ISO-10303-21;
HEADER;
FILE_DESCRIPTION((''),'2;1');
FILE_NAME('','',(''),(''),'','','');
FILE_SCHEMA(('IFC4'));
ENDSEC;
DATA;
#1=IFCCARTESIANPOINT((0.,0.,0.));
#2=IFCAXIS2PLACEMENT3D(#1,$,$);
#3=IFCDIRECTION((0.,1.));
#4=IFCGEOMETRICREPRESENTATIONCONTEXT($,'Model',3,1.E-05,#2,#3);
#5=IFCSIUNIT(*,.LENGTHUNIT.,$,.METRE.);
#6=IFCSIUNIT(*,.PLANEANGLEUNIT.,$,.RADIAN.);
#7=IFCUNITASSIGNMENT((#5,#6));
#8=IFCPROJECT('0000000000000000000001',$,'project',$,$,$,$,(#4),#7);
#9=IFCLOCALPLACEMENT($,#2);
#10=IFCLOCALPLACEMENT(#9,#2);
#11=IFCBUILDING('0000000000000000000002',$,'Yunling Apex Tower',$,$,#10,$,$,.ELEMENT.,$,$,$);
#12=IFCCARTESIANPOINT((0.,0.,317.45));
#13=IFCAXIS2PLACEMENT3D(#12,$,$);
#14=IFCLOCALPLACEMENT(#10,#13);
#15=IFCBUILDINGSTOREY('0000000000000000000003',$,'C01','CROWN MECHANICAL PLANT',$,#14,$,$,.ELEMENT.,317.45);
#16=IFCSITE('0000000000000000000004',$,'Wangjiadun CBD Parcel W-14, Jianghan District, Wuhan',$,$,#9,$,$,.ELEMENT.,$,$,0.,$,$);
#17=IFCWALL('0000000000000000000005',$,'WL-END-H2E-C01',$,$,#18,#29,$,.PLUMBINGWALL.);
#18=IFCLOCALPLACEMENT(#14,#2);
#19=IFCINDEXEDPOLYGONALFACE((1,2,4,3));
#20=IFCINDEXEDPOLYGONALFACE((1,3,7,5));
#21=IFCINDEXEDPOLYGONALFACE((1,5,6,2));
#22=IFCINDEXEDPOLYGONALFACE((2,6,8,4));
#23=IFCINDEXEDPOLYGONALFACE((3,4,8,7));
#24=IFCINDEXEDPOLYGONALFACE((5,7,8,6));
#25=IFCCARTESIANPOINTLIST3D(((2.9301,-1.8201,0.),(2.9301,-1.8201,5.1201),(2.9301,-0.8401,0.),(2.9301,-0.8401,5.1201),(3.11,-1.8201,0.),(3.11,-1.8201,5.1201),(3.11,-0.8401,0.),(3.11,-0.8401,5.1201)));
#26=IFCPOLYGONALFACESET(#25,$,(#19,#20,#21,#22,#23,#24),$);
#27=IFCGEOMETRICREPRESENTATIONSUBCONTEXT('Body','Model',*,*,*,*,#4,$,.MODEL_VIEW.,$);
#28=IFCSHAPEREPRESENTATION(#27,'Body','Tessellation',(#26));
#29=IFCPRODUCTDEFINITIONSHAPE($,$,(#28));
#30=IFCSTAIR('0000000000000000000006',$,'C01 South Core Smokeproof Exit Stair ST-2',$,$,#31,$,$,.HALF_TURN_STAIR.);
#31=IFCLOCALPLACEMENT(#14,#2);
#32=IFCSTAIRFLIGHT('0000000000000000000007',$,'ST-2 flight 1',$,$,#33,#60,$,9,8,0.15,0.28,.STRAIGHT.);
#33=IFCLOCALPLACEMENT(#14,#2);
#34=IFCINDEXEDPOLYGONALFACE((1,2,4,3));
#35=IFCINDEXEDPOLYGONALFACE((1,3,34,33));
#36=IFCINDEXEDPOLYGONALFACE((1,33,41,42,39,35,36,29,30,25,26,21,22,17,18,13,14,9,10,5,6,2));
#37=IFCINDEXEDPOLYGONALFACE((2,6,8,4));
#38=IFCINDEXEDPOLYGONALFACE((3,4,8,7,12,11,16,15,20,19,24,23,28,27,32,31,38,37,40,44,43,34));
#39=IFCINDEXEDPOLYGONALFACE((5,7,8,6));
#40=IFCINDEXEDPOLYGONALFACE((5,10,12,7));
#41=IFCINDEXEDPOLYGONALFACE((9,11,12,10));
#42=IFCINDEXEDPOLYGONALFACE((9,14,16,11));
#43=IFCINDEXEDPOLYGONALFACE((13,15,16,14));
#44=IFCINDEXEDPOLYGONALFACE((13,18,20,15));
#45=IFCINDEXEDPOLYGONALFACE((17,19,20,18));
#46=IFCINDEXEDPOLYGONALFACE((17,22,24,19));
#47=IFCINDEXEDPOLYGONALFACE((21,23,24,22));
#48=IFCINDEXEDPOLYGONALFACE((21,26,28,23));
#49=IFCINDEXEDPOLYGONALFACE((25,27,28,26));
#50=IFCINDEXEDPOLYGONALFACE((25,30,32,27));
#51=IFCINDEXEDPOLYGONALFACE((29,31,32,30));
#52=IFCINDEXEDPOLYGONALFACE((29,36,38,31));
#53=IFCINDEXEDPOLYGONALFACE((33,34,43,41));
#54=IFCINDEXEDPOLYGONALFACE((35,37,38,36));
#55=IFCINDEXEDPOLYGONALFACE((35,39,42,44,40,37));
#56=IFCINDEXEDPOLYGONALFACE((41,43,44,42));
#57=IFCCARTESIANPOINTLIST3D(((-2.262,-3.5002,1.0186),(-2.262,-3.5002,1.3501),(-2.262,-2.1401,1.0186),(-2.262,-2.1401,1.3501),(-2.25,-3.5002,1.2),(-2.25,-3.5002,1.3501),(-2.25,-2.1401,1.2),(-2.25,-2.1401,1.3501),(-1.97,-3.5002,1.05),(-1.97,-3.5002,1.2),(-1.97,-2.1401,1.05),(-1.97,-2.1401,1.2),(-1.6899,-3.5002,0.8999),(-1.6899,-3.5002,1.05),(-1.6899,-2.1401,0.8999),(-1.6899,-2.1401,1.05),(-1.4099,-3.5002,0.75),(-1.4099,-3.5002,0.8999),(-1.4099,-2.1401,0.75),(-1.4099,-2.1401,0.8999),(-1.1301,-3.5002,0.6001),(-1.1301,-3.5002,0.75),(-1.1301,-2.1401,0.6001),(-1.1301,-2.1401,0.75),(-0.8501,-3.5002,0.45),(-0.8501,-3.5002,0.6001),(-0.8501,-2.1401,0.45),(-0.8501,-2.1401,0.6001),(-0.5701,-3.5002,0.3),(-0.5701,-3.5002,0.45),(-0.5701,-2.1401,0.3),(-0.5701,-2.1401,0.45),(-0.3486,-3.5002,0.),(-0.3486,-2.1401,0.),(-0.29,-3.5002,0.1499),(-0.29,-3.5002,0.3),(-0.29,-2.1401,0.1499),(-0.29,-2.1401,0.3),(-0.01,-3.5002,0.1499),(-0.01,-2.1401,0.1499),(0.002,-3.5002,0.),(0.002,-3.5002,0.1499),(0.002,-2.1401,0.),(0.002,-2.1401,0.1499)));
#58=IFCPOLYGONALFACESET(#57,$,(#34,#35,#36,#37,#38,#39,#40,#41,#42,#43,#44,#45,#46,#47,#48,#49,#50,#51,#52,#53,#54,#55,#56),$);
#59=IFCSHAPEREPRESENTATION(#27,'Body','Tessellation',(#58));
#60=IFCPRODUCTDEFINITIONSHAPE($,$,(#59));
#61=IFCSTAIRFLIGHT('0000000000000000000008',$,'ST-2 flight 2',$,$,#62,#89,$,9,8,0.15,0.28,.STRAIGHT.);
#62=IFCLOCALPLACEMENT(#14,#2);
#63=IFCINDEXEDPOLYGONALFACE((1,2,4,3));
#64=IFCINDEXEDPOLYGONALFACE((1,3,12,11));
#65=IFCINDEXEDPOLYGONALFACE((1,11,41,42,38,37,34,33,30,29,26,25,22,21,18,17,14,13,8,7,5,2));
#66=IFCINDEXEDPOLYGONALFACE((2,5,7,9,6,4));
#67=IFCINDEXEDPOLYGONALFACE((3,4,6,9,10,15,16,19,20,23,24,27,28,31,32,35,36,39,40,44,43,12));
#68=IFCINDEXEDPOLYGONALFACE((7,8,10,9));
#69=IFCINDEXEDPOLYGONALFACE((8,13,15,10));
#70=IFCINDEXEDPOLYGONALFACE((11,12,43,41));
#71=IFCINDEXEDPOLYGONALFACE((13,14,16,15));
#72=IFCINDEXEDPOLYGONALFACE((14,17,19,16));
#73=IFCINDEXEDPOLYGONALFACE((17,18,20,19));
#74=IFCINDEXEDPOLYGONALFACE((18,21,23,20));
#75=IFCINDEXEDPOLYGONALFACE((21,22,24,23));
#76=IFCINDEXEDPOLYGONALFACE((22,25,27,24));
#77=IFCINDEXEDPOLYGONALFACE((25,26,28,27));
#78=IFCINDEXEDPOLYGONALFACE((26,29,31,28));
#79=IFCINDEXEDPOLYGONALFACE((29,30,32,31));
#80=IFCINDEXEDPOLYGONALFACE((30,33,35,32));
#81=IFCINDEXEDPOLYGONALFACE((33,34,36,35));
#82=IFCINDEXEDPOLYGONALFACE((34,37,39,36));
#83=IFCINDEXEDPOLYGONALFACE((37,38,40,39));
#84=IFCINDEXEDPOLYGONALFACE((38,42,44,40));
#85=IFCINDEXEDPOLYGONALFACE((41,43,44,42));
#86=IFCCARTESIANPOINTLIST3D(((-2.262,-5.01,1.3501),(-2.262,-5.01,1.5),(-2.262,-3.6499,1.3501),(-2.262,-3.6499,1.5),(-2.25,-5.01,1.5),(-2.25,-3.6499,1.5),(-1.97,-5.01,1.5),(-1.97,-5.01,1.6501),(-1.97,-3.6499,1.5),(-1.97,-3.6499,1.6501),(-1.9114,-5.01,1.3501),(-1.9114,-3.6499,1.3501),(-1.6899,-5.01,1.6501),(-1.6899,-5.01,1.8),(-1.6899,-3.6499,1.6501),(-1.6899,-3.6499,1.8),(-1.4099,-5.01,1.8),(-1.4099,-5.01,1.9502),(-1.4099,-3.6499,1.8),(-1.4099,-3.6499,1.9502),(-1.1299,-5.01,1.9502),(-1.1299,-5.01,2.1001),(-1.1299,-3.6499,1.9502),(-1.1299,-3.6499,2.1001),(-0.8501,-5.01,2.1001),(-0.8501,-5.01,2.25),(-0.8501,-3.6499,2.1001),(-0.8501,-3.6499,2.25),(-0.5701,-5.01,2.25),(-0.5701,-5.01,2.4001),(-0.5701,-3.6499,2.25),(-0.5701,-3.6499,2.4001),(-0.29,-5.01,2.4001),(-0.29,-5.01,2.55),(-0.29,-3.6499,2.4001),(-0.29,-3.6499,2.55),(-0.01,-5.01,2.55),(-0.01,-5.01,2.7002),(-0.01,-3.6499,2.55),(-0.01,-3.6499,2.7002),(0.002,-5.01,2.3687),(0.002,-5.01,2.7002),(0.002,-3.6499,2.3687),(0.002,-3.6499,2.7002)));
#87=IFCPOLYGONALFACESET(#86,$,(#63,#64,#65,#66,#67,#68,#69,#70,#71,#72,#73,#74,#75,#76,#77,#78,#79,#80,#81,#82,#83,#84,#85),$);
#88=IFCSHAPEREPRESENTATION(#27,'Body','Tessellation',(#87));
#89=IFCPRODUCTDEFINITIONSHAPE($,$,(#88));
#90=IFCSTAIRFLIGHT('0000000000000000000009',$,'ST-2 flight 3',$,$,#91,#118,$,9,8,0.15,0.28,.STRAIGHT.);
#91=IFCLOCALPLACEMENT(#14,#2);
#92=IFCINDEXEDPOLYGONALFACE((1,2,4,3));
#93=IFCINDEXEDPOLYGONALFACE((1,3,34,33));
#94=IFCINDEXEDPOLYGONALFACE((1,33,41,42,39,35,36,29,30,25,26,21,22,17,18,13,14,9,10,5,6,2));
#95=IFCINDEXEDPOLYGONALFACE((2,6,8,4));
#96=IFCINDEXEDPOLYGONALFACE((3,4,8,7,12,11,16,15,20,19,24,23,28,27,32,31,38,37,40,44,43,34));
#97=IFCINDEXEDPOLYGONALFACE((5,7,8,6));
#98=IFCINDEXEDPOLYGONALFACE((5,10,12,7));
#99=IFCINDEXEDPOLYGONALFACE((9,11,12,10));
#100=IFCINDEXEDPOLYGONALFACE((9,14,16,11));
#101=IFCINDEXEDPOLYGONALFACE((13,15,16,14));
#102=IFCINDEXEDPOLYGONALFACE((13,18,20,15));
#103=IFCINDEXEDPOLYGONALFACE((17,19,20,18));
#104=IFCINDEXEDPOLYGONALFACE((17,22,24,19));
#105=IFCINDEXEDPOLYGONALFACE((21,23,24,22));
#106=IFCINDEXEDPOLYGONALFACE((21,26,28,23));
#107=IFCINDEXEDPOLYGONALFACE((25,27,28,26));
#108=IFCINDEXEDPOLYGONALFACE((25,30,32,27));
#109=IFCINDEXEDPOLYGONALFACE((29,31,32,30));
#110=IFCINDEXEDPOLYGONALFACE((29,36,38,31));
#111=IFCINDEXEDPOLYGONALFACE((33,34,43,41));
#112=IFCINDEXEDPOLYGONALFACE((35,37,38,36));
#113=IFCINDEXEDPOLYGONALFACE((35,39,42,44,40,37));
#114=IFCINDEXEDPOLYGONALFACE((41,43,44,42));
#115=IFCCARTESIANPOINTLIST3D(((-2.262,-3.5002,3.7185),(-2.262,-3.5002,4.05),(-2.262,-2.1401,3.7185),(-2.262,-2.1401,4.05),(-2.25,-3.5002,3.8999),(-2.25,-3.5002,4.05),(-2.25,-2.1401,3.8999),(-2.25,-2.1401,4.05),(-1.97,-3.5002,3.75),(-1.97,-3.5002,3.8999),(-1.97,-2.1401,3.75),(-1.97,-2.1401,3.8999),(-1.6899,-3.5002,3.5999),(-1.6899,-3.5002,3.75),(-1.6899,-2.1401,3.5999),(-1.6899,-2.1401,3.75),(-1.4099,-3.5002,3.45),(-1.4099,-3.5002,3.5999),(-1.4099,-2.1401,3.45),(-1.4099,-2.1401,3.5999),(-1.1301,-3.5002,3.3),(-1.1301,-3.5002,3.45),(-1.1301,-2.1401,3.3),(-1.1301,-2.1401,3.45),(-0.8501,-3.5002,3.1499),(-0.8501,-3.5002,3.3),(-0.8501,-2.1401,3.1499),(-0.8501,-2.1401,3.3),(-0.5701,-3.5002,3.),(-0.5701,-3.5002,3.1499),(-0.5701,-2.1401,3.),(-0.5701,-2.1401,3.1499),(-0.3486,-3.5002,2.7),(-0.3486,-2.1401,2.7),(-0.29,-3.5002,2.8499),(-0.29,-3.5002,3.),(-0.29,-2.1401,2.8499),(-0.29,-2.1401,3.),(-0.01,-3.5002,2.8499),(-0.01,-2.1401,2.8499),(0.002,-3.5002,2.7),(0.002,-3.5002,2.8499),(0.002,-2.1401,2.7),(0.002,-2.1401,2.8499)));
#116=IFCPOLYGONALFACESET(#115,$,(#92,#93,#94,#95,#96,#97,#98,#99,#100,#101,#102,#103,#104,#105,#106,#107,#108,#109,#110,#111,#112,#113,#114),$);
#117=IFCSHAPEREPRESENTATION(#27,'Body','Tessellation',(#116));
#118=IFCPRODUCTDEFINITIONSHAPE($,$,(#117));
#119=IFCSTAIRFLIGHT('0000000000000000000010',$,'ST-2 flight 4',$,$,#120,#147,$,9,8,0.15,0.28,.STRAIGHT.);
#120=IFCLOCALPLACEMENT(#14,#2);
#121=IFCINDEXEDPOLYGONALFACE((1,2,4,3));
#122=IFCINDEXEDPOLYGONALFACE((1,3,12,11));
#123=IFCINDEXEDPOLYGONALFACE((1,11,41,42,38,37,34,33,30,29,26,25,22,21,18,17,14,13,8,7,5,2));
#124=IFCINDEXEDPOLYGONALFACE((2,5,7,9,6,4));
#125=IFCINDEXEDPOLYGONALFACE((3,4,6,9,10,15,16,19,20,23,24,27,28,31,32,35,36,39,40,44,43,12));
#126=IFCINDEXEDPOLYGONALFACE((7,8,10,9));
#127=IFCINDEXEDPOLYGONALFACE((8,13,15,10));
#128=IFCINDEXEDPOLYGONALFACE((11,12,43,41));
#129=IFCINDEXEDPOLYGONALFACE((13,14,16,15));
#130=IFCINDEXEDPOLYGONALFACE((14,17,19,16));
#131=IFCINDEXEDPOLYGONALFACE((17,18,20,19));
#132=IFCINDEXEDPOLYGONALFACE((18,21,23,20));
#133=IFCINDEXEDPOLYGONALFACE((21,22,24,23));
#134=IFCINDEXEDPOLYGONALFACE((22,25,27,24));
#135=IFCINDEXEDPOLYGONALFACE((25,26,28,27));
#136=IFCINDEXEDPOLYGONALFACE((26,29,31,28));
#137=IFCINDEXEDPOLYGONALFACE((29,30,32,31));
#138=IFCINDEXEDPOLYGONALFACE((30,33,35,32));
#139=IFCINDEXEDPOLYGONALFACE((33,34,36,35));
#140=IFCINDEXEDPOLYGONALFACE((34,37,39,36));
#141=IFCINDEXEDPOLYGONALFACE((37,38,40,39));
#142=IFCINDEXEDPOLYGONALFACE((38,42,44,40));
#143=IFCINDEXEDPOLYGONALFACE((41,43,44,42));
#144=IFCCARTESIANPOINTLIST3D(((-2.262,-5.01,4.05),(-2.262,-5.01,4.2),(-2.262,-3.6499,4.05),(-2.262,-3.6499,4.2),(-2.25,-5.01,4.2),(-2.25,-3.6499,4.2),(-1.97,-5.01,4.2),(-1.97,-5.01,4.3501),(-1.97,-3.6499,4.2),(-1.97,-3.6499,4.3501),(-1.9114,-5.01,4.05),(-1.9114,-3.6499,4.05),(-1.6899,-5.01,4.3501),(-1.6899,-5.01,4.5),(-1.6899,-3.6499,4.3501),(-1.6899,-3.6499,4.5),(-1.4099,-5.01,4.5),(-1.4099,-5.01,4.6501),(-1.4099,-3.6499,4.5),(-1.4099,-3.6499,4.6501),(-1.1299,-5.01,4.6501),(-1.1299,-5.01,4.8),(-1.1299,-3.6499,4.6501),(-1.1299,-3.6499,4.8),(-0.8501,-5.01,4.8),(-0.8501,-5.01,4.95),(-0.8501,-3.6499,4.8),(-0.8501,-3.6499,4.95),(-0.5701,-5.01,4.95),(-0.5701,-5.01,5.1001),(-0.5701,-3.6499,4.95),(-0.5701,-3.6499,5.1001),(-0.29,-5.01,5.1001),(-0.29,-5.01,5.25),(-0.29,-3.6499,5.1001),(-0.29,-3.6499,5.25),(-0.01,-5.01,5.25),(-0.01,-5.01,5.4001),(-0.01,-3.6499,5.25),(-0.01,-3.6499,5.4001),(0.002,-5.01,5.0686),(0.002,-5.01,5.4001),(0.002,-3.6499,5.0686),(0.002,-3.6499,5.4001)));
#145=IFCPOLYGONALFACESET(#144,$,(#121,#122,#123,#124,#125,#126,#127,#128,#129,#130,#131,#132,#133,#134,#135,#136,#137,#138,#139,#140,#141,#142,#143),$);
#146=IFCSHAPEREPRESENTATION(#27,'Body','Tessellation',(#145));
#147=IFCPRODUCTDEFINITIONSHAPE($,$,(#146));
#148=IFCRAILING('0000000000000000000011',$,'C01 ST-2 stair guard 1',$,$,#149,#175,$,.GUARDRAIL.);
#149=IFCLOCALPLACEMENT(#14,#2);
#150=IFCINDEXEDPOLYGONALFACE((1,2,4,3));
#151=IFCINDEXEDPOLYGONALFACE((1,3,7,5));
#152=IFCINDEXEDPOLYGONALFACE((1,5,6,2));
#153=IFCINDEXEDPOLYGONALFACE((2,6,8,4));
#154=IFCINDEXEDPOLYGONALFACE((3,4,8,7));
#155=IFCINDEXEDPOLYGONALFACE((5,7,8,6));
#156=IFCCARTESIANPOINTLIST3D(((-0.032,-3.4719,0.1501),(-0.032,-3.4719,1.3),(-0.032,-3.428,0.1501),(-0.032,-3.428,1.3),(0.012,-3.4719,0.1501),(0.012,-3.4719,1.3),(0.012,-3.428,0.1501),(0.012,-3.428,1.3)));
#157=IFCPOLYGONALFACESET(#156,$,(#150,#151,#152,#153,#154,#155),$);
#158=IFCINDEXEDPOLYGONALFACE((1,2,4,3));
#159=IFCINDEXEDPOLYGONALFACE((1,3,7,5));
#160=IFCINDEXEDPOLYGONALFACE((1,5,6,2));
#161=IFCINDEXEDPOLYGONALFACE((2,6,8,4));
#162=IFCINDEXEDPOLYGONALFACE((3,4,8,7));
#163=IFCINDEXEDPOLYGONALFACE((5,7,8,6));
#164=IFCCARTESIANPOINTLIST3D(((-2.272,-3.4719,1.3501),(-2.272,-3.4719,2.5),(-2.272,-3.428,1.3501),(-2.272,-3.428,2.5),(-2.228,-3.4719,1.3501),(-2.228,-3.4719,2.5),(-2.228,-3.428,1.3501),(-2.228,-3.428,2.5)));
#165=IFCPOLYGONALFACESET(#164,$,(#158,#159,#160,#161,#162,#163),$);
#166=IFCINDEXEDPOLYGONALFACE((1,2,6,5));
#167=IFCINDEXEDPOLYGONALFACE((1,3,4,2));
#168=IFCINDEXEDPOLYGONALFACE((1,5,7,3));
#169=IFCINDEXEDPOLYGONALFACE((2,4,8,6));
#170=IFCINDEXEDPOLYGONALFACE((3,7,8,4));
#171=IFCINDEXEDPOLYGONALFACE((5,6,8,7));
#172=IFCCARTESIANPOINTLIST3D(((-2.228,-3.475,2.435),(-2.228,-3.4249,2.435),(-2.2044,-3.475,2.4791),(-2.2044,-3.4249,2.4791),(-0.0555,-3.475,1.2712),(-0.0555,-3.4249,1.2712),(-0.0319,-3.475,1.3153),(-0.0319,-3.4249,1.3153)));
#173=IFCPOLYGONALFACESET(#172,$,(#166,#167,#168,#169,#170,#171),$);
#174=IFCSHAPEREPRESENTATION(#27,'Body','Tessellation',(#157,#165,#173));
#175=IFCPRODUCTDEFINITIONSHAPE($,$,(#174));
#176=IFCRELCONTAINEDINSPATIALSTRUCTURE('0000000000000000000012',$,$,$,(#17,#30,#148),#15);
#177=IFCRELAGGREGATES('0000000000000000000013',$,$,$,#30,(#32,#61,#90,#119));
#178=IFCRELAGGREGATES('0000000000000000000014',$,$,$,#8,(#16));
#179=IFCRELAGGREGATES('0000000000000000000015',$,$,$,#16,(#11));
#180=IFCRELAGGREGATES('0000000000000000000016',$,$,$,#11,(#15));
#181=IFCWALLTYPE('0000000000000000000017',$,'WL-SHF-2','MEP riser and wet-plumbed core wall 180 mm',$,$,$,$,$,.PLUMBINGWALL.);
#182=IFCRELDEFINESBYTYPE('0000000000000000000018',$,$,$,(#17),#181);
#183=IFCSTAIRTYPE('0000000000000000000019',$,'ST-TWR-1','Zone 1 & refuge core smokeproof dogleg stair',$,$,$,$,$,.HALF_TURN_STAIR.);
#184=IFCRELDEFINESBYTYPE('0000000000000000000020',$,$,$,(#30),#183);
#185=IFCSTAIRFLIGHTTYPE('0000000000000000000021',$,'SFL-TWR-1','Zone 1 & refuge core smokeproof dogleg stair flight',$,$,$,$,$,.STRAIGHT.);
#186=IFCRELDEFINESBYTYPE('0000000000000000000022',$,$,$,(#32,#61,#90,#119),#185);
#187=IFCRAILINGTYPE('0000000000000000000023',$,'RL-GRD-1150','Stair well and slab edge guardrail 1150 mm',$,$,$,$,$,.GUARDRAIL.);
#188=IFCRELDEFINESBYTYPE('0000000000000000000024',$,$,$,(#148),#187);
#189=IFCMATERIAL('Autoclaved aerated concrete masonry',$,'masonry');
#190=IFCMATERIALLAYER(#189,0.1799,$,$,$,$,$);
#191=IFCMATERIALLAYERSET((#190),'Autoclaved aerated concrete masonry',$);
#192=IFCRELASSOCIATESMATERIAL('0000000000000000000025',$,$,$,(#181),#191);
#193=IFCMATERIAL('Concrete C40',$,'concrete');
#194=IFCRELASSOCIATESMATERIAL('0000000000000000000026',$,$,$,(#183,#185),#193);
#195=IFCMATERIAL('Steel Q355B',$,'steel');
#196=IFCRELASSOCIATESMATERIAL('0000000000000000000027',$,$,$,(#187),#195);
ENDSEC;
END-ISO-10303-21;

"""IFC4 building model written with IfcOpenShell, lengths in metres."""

from ifc_helpers import new_model, si_unit, direction, frame, frame_2d, origin, origin_2d, place, context, subcontext, project, spatial, polyline, rectangle, outline, extrude, material, layer, layer_set, type_object, element, aggregate, save


model = new_model("IFC4")

# Units and contexts
model_context = context("Model", 3, precision=1e-05, world=origin(), true_north=direction((0.0, 1.0)))
body_context = subcontext(model_context, "Body", "Model", "MODEL_VIEW")
ifc_project = project(units=[si_unit("LENGTHUNIT", "METRE"), si_unit("PLANEANGLEUNIT", "RADIAN")], contexts=[model_context])

# Site, building, storey
site_placement = place(None, origin())
site = spatial("IfcSite", under=ifc_project, at=site_placement, Name="Wangjiadun CBD Parcel W-14, Jianghan District, Wuhan", CompositionType="ELEMENT", RefElevation=0.0)
building_placement = place(site_placement, origin())
building = spatial("IfcBuilding", under=site, at=building_placement, Name="Yunling Apex Tower", CompositionType="ELEMENT")
storey_placement = place(building_placement, frame((0.0, 0.0, 317.45)))
storey = spatial("IfcBuildingStorey", under=building, at=storey_placement, Name="C01", Description="CROWN MECHANICAL PLANT", CompositionType="ELEMENT", Elevation=317.45)

# Shared definitions
ifc_material_1 = material(Name="Steel Q355B", Category="steel")

# Shared definitions
ifc_material_2 = material(Name="Concrete C40", Category="concrete")

# Shared definitions
ifc_material_3 = material(Name="Autoclaved aerated concrete masonry", Category="masonry")

# Wall
ifc_layer_1 = layer(ifc_material_3, 0.1799)
ifc_layer_set_1 = layer_set([ifc_layer_1], Name="Autoclaved aerated concrete masonry")
wall_type_1 = type_object("IfcWallType", Name="WL-SHF-2", Description="MEP riser and wet-plumbed core wall 180 mm", PredefinedType="PLUMBINGWALL", material=ifc_layer_set_1)
for number, where, z_axis, x_axis, name in (
    (1, (3.02, -1.8201, 0.0), (0.0, 0.0, 1.0), (0.0, 1.0, 0.0), "WL-END-H2E-C01"),
):
    element("IfcWall", number, at=place(storey_placement, frame(where, z_axis=z_axis, x_axis=x_axis)), inside=storey, type_object=wall_type_1, Name=name, PredefinedType="PLUMBINGWALL", context=body_context, shape_type="SweptSolid", body=[
        extrude(rectangle(XDim=0.98, YDim=0.1799, at=frame_2d((0.49, 0.0))), origin(), (0.0, 0.0, 1.0), 5.1201),
    ])

# Stair, stair flights
stair_type = type_object("IfcStairType", Name="ST-TWR-1", Description="Zone 1 & refuge core smokeproof dogleg stair", PredefinedType="HALF_TURN_STAIR", material=ifc_material_2)
stair_placement = place(storey_placement, origin())
stair = element("IfcStair", 2, at=stair_placement, inside=storey, type_object=stair_type, Name="C01 South Core Smokeproof Exit Stair ST-2", PredefinedType="HALF_TURN_STAIR")
stair_flight_type = type_object("IfcStairFlightType", Name="SFL-TWR-1", Description="Zone 1 & refuge core smokeproof dogleg stair flight", PredefinedType="STRAIGHT", material=ifc_material_2)
stair_flight_1_placement = place(storey_placement, frame((-0.01, -2.8201, 0.0), z_axis=(0.0, 0.0, 1.0), x_axis=(-1.0, 0.0, 0.0)))
stair_flight_1 = element("IfcStairFlight", 3, at=stair_flight_1_placement, type_object=stair_flight_type, Name="ST-2 flight 1", NumberOfRisers=9, NumberOfTreads=8, PredefinedType="STRAIGHT", RiserHeight=0.15, TreadLength=0.28, context=body_context, shape_type="SweptSolid", body=[
    extrude(outline(polyline([(-0.012, 0.0), (-0.012, 0.1499), (0.0, 0.1499), (0.28, 0.1499), (0.28, 0.3), (0.5601, 0.3), (0.5601, 0.45), (0.8401, 0.45), (0.8401, 0.6001), (1.1201, 0.6001), (1.1201, 0.75), (1.3999, 0.75), (1.3999, 0.8999), (1.6799, 0.8999), (1.6799, 1.05), (1.96, 1.05), (1.96, 1.2), (2.24, 1.2), (2.24, 1.3501), (2.252, 1.3501), (2.252, 1.0186), (0.3386, 0.0), (-0.012, 0.0)])), frame((0.0, 0.6802, 0.0), z_axis=(0.0, -1.0, 0.0), x_axis=(1.0, 0.0, 0.0)), (0.0, 0.0, 1.0), 1.3601),
])
stair_flight_2_placement = place(storey_placement, frame((-2.25, -4.3301, 1.3501), z_axis=(0.0, 0.0, 1.0), x_axis=(1.0, 0.0, 0.0)))
stair_flight_2 = element("IfcStairFlight", 4, at=stair_flight_2_placement, type_object=stair_flight_type, Name="ST-2 flight 2", NumberOfRisers=9, NumberOfTreads=8, PredefinedType="STRAIGHT", RiserHeight=0.15, TreadLength=0.28, context=body_context, shape_type="SweptSolid", body=[
    extrude(outline(polyline([(-0.012, 0.0), (-0.012, 0.1499), (0.0, 0.1499), (0.28, 0.1499), (0.28, 0.3), (0.5601, 0.3), (0.5601, 0.45), (0.8401, 0.45), (0.8401, 0.6001), (1.1201, 0.6001), (1.1201, 0.75), (1.3999, 0.75), (1.3999, 0.8999), (1.6799, 0.8999), (1.6799, 1.05), (1.96, 1.05), (1.96, 1.2), (2.24, 1.2), (2.24, 1.3501), (2.252, 1.3501), (2.252, 1.0186), (0.3386, 0.0), (-0.012, 0.0)])), frame((0.0, 0.6802, 0.0), z_axis=(0.0, -1.0, 0.0), x_axis=(1.0, 0.0, 0.0)), (0.0, 0.0, 1.0), 1.3601),
])
stair_flight_3_placement = place(storey_placement, frame((-0.01, -2.8201, 2.7), z_axis=(0.0, 0.0, 1.0), x_axis=(-1.0, 0.0, 0.0)))
stair_flight_3 = element("IfcStairFlight", 5, at=stair_flight_3_placement, type_object=stair_flight_type, Name="ST-2 flight 3", NumberOfRisers=9, NumberOfTreads=8, PredefinedType="STRAIGHT", RiserHeight=0.15, TreadLength=0.28, context=body_context, shape_type="SweptSolid", body=[
    extrude(outline(polyline([(-0.012, 0.0), (-0.012, 0.1499), (0.0, 0.1499), (0.28, 0.1499), (0.28, 0.3), (0.5601, 0.3), (0.5601, 0.45), (0.8401, 0.45), (0.8401, 0.6001), (1.1201, 0.6001), (1.1201, 0.75), (1.3999, 0.75), (1.3999, 0.8999), (1.6799, 0.8999), (1.6799, 1.05), (1.96, 1.05), (1.96, 1.2), (2.24, 1.2), (2.24, 1.3501), (2.252, 1.3501), (2.252, 1.0186), (0.3386, 0.0), (-0.012, 0.0)])), frame((0.0, 0.6802, 0.0), z_axis=(0.0, -1.0, 0.0), x_axis=(1.0, 0.0, 0.0)), (0.0, 0.0, 1.0), 1.3601),
])
stair_flight_4_placement = place(storey_placement, frame((-2.25, -4.3301, 4.05), z_axis=(0.0, 0.0, 1.0), x_axis=(1.0, 0.0, 0.0)))
stair_flight_4 = element("IfcStairFlight", 6, at=stair_flight_4_placement, type_object=stair_flight_type, Name="ST-2 flight 4", NumberOfRisers=9, NumberOfTreads=8, PredefinedType="STRAIGHT", RiserHeight=0.15, TreadLength=0.28, context=body_context, shape_type="SweptSolid", body=[
    extrude(outline(polyline([(-0.012, 0.0), (-0.012, 0.1499), (0.0, 0.1499), (0.28, 0.1499), (0.28, 0.3), (0.5601, 0.3), (0.5601, 0.45), (0.8401, 0.45), (0.8401, 0.6001), (1.1201, 0.6001), (1.1201, 0.75), (1.3999, 0.75), (1.3999, 0.8999), (1.6799, 0.8999), (1.6799, 1.05), (1.96, 1.05), (1.96, 1.2), (2.24, 1.2), (2.24, 1.3501), (2.252, 1.3501), (2.252, 1.0186), (0.3386, 0.0), (-0.012, 0.0)])), frame((0.0, 0.6802, 0.0), z_axis=(0.0, -1.0, 0.0), x_axis=(1.0, 0.0, 0.0)), (0.0, 0.0, 1.0), 1.3601),
])
aggregate(stair, [stair_flight_1, stair_flight_2, stair_flight_3, stair_flight_4])

# Railing
railing_type_1 = type_object("IfcRailingType", Name="RL-GRD-1150", Description="Stair well and slab edge guardrail 1150 mm", PredefinedType="GUARDRAIL", material=ifc_material_1)
railing_1_placement = place(storey_placement, frame((-0.01, -3.45, 0.1501)))
element("IfcRailing", 7, at=railing_1_placement, inside=storey, type_object=railing_type_1, Name="C01 ST-2 stair guard 1", PredefinedType="GUARDRAIL", context=body_context, shape_type="SweptSolid", body=[
    extrude(rectangle(XDim=0.0439, YDim=0.0439, at=origin_2d()), origin(), (0.0, 0.0, 1.0), 1.1499),
    extrude(rectangle(XDim=0.0439, YDim=0.0439, at=origin_2d()), frame((-2.24, 0.0, 1.2)), (0.0, 0.0, 1.0), 1.1499),
    extrude(rectangle(XDim=0.05, YDim=0.05, at=origin_2d()), frame((-0.0337, 0.0, 1.1431), z_axis=(-0.881487, 0.0, 0.472208), x_axis=(0.0, -1.0, 0.0)), (0.0, 0.0, 1.0), 2.4646),
])

save(model, "model.ifc")
